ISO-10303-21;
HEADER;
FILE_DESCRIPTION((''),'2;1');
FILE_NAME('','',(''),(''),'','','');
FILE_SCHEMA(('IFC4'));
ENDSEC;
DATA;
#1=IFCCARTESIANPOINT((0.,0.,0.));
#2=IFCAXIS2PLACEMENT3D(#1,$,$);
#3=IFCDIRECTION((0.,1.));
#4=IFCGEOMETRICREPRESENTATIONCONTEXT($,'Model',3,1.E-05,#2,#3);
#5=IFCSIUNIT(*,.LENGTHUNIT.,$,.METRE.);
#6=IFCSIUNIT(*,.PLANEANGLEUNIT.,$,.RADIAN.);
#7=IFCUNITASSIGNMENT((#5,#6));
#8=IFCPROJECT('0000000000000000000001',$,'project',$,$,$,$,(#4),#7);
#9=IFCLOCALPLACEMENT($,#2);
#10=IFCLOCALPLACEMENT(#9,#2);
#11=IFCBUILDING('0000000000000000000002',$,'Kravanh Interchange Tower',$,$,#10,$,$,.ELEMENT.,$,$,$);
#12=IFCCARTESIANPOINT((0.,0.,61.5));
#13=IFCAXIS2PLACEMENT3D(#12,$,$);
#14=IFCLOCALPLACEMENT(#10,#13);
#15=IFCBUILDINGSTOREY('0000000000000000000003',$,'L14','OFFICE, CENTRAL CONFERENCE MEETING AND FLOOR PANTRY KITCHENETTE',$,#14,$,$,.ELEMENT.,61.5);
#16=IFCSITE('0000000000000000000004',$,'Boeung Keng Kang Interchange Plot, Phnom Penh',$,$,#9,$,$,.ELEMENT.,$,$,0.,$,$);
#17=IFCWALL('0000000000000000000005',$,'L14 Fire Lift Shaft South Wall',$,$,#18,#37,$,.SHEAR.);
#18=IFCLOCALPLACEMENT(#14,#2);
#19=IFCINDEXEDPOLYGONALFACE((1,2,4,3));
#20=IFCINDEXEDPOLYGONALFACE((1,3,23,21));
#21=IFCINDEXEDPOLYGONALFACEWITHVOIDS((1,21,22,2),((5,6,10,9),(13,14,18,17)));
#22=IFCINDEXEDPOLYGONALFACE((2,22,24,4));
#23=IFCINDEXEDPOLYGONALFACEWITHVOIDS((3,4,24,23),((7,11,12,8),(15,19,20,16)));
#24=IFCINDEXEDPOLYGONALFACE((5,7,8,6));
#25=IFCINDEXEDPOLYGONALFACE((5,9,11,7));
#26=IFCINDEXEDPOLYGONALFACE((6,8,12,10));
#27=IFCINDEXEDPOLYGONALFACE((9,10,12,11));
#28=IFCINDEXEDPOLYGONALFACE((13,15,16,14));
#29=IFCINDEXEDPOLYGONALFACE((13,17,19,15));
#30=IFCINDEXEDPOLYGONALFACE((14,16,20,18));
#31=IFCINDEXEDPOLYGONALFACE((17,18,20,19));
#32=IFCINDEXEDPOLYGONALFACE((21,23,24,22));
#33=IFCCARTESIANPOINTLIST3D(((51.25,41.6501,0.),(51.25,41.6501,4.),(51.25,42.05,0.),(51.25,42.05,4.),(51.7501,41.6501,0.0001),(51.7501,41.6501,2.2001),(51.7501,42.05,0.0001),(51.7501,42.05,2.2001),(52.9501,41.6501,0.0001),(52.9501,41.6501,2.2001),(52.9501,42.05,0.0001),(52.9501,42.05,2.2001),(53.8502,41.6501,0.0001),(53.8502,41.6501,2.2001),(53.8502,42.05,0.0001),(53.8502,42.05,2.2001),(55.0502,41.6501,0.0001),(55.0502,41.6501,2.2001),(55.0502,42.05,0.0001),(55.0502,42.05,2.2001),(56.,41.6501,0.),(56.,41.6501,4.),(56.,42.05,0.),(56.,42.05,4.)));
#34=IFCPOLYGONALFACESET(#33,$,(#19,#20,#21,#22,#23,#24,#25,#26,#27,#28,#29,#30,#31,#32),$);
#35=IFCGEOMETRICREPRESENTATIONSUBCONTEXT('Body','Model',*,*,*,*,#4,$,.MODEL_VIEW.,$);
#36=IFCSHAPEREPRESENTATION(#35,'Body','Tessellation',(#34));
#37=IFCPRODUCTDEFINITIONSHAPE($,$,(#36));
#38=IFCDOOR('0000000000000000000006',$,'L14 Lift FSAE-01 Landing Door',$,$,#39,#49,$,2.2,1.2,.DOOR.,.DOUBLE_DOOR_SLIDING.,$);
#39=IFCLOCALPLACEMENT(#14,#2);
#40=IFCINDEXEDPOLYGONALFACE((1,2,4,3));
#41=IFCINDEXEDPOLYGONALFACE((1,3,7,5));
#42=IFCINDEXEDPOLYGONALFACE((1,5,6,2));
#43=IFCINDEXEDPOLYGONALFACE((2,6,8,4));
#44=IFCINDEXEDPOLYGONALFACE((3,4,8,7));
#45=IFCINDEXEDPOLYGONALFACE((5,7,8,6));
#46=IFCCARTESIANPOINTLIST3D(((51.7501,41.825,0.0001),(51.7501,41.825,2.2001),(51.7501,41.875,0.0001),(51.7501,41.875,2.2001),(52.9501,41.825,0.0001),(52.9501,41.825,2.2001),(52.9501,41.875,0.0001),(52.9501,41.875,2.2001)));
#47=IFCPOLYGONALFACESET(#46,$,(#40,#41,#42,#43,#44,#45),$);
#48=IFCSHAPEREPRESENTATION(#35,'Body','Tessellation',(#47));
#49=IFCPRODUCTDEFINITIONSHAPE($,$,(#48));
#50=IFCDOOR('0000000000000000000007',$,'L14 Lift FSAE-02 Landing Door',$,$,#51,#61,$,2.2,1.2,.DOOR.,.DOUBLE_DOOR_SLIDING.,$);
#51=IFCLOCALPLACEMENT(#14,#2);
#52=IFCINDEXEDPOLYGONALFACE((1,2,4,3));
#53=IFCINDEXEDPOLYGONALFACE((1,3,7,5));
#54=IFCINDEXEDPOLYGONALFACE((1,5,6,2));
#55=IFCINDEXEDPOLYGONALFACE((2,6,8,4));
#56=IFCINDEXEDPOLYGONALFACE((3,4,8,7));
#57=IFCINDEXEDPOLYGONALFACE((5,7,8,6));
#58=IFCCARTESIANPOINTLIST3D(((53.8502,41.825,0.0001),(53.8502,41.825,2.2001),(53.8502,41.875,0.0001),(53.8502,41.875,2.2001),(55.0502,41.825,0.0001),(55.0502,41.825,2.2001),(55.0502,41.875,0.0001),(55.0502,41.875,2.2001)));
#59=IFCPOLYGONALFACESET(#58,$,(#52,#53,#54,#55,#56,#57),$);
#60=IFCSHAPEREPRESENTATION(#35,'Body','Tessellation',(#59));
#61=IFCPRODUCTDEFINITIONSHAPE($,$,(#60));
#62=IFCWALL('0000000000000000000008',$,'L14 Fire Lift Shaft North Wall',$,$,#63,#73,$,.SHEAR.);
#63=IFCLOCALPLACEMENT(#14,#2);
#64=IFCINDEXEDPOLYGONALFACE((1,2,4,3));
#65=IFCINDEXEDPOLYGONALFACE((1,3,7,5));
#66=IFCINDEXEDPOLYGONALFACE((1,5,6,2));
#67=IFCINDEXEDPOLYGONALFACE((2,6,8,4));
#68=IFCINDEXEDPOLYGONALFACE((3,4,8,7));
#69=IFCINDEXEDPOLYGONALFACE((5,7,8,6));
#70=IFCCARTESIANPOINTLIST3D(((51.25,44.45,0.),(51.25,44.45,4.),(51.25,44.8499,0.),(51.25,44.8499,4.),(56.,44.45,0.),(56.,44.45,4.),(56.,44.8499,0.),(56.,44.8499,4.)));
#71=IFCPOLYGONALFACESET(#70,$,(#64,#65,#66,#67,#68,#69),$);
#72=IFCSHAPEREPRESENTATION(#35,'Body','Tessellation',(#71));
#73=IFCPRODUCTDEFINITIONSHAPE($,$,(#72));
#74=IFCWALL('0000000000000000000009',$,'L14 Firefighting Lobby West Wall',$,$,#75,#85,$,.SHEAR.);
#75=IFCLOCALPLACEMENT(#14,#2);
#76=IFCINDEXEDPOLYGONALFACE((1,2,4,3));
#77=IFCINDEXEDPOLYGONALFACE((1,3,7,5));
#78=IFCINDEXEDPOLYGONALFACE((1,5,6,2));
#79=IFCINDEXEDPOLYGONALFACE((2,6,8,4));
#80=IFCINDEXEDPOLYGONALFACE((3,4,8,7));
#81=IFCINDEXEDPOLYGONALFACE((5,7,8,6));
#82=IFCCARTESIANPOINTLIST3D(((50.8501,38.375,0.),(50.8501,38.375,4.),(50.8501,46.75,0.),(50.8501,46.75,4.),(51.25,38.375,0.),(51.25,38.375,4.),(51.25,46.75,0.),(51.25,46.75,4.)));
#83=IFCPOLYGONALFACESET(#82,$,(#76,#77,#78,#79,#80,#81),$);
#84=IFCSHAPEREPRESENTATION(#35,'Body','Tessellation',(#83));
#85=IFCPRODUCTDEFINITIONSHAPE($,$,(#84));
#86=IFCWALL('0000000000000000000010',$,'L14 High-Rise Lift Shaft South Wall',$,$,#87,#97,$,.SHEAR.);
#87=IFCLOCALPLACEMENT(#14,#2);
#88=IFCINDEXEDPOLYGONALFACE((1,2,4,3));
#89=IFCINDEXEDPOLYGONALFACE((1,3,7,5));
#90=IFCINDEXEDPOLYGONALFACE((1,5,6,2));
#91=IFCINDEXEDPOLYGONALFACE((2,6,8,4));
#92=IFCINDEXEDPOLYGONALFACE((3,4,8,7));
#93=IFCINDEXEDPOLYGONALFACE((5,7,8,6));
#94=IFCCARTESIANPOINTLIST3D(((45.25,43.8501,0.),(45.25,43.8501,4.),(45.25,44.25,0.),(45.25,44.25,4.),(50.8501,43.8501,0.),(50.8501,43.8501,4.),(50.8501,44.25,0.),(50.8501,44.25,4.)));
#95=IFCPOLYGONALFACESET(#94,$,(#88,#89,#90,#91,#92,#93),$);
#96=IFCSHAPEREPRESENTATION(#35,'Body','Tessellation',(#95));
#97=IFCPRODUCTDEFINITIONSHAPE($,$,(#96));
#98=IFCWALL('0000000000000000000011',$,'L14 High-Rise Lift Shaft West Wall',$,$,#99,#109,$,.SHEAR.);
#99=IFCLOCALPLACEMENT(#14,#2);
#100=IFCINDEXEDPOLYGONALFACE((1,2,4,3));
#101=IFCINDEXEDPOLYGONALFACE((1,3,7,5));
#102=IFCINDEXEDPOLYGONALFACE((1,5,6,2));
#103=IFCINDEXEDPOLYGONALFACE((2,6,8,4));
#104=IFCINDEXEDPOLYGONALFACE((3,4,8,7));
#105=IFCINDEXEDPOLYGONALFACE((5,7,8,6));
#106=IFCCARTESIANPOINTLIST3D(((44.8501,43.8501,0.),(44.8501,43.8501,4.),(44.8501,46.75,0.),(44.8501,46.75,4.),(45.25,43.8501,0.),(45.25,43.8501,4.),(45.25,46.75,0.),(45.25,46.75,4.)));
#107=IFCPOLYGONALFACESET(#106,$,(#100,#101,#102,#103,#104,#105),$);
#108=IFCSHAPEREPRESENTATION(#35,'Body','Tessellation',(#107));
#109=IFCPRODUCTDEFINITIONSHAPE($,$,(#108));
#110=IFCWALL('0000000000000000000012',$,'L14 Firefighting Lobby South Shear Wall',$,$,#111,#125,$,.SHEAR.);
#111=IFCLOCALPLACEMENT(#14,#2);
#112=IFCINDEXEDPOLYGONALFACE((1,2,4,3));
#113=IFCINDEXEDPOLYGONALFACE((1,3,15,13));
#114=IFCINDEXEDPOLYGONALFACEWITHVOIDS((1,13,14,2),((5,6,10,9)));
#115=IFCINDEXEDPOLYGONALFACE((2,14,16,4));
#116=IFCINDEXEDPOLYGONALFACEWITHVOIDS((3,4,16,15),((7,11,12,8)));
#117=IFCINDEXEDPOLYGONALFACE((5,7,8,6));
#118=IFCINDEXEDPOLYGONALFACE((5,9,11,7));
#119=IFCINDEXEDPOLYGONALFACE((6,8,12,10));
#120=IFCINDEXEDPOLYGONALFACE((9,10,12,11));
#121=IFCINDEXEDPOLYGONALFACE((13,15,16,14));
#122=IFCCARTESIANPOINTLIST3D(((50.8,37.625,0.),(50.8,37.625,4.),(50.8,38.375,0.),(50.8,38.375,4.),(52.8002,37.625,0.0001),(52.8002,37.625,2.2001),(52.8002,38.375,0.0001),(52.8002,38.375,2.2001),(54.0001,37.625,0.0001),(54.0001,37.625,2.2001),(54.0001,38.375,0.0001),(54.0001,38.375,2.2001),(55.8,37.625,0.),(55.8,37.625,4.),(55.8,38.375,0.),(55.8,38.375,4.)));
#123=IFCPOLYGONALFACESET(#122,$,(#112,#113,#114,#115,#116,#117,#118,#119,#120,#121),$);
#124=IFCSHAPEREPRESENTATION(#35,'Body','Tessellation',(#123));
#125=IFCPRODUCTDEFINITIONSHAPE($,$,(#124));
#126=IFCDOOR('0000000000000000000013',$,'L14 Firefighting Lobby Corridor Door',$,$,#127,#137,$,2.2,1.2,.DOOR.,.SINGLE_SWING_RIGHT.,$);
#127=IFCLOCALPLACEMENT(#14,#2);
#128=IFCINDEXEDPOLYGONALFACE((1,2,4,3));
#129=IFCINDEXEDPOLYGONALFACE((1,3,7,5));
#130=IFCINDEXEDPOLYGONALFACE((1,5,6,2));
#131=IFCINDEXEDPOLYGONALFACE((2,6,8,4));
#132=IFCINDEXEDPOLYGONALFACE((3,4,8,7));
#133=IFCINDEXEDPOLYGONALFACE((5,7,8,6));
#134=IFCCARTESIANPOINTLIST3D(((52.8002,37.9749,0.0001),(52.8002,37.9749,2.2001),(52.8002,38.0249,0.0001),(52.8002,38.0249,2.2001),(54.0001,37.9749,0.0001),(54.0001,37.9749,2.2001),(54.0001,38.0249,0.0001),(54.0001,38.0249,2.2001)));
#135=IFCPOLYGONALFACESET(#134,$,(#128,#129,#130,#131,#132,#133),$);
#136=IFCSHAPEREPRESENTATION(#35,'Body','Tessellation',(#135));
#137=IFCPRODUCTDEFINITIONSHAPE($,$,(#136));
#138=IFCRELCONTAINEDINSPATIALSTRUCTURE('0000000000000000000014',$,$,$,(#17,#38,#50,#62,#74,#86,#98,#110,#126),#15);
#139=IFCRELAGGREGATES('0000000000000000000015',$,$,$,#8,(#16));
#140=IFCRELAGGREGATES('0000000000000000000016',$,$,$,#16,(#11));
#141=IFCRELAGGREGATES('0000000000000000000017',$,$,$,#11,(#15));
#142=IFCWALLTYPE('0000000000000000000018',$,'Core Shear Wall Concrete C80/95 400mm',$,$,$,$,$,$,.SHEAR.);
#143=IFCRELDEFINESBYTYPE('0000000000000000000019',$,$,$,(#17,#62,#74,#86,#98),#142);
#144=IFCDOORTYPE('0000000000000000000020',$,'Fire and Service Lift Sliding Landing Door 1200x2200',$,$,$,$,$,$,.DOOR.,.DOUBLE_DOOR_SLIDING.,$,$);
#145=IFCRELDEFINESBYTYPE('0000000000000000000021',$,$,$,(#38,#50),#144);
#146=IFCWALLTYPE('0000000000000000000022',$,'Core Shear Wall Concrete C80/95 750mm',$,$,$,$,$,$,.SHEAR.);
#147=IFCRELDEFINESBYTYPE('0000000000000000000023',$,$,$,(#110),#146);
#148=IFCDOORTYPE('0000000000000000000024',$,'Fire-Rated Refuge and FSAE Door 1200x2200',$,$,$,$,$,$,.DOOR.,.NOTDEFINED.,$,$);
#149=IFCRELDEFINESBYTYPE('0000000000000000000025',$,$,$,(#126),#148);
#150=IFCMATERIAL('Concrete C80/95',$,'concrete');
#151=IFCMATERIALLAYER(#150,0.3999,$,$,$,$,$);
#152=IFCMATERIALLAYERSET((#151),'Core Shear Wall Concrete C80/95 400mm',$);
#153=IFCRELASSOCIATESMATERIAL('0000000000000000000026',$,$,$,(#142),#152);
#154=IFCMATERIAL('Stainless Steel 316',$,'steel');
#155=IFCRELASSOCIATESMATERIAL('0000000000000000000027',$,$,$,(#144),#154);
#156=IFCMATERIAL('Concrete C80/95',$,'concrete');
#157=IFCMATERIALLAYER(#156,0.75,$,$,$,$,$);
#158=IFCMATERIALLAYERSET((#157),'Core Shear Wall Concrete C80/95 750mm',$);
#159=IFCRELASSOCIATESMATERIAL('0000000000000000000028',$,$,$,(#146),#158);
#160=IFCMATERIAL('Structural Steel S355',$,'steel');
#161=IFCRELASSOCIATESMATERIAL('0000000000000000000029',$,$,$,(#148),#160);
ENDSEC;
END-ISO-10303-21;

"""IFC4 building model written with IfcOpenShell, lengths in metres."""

from ifc_helpers import new_model, si_unit, direction, frame, frame_2d, origin, place, context, subcontext, project, spatial, rectangle, extrude, material, layer, layer_set, type_object, element, fill, save


model = new_model("IFC4")

# Units and contexts
model_context = context("Model", 3, precision=1e-05, world=origin(), true_north=direction((0.0, 1.0)))
body_context = subcontext(model_context, "Body", "Model", "MODEL_VIEW")
ifc_project = project(units=[si_unit("LENGTHUNIT", "METRE"), si_unit("PLANEANGLEUNIT", "RADIAN")], contexts=[model_context])

# Site, building, storey
site_placement = place(None, origin())
site = spatial("IfcSite", under=ifc_project, at=site_placement, Name="Boeung Keng Kang Interchange Plot, Phnom Penh", CompositionType="ELEMENT", RefElevation=0.0)
building_placement = place(site_placement, origin())
building = spatial("IfcBuilding", under=site, at=building_placement, Name="Kravanh Interchange Tower", CompositionType="ELEMENT")
storey_placement = place(building_placement, frame((0.0, 0.0, 61.5)))
storey = spatial("IfcBuildingStorey", under=building, at=storey_placement, Name="L14", Description="OFFICE, CENTRAL CONFERENCE MEETING AND FLOOR PANTRY KITCHENETTE", CompositionType="ELEMENT", Elevation=61.5)

# Wall, openings, doors
ifc_material_1 = material(Name="Concrete C80/95", Category="concrete")
ifc_layer_1 = layer(ifc_material_1, 0.3999)
ifc_layer_set_1 = layer_set([ifc_layer_1], Name="Core Shear Wall Concrete C80/95 400mm")
wall_type_1 = type_object("IfcWallType", Name="Core Shear Wall Concrete C80/95 400mm", PredefinedType="SHEAR", material=ifc_layer_set_1)
wall_1_placement = place(storey_placement, frame((51.25, 41.8501, 0.0), z_axis=(0.0, 0.0, 1.0), x_axis=(1.0, 0.0, 0.0)))
wall_1 = element("IfcWall", 1, at=wall_1_placement, inside=storey, type_object=wall_type_1, Name="L14 Fire Lift Shaft South Wall", PredefinedType="SHEAR", context=body_context, shape_type="SweptSolid", body=[
    extrude(rectangle(XDim=4.75, YDim=0.3999, at=frame_2d((2.375, 0.0))), origin(), (0.0, 0.0, 1.0), 4.0),
])
opening_1_placement = place(wall_1_placement, frame((0.5, 0.0, 0.0)))
opening_1 = element("IfcOpeningElement", 2, at=opening_1_placement, cuts=wall_1, PredefinedType="OPENING", context=body_context, shape_type="SweptSolid", body=[
    extrude(rectangle(XDim=1.2, YDim=2.2, at=frame_2d((0.6001, 1.1001))), frame((0.0, 0.21, 0.0), z_axis=(0.0, -1.0, 0.0), x_axis=(1.0, 0.0, 0.0)), (0.0, 0.0, 1.0), 0.4199),
])
opening_2_placement = place(wall_1_placement, frame((2.6001, 0.0, 0.0)))
opening_2 = element("IfcOpeningElement", 3, at=opening_2_placement, cuts=wall_1, PredefinedType="OPENING", context=body_context, shape_type="SweptSolid", body=[
    extrude(rectangle(XDim=1.2, YDim=2.2, at=frame_2d((0.6001, 1.1001))), frame((0.0, 0.21, 0.0), z_axis=(0.0, -1.0, 0.0), x_axis=(1.0, 0.0, 0.0)), (0.0, 0.0, 1.0), 0.4199),
])
ifc_material_2 = material(Name="Stainless Steel 316", Category="steel")
door_type_1 = type_object("IfcDoorType", Name="Fire and Service Lift Sliding Landing Door 1200x2200", OperationType="DOUBLE_DOOR_SLIDING", PredefinedType="DOOR", material=ifc_material_2)
door_1_placement = place(opening_1_placement, origin())
door_1 = element("IfcDoor", 4, at=door_1_placement, inside=storey, type_object=door_type_1, Name="L14 Lift FSAE-01 Landing Door", OperationType="DOUBLE_DOOR_SLIDING", OverallHeight=2.2, OverallWidth=1.2, PredefinedType="DOOR", context=body_context, shape_type="SweptSolid", body=[
    extrude(rectangle(XDim=1.2, YDim=2.2, at=frame_2d((0.6001, 1.1001))), frame((0.0, 0.0249, 0.0), z_axis=(0.0, -1.0, 0.0), x_axis=(1.0, 0.0, 0.0)), (0.0, 0.0, 1.0), 0.05),
])
fill(opening_1, door_1)
door_2_placement = place(opening_2_placement, origin())
door_2 = element("IfcDoor", 5, at=door_2_placement, inside=storey, type_object=door_type_1, Name="L14 Lift FSAE-02 Landing Door", OperationType="DOUBLE_DOOR_SLIDING", OverallHeight=2.2, OverallWidth=1.2, PredefinedType="DOOR", context=body_context, shape_type="SweptSolid", body=[
    extrude(rectangle(XDim=1.2, YDim=2.2, at=frame_2d((0.6001, 1.1001))), frame((0.0, 0.0249, 0.0), z_axis=(0.0, -1.0, 0.0), x_axis=(1.0, 0.0, 0.0)), (0.0, 0.0, 1.0), 0.05),
])
fill(opening_2, door_2)

# Walls
wall_2_placement = place(storey_placement, frame((51.25, 44.6499, 0.0), z_axis=(0.0, 0.0, 1.0), x_axis=(1.0, 0.0, 0.0)))
element("IfcWall", 6, at=wall_2_placement, inside=storey, type_object=wall_type_1, Name="L14 Fire Lift Shaft North Wall", PredefinedType="SHEAR", context=body_context, shape_type="SweptSolid", body=[
    extrude(rectangle(XDim=4.75, YDim=0.3999, at=frame_2d((2.375, 0.0))), origin(), (0.0, 0.0, 1.0), 4.0),
])
wall_3_placement = place(storey_placement, frame((51.05, 38.375, 0.0), z_axis=(0.0, 0.0, 1.0), x_axis=(0.0, 1.0, 0.0)))
element("IfcWall", 7, at=wall_3_placement, inside=storey, type_object=wall_type_1, Name="L14 Firefighting Lobby West Wall", PredefinedType="SHEAR", context=body_context, shape_type="SweptSolid", body=[
    extrude(rectangle(XDim=8.375, YDim=0.3999, at=frame_2d((4.1875, 0.0))), origin(), (0.0, 0.0, 1.0), 4.0),
])
wall_4_placement = place(storey_placement, frame((45.25, 44.05, 0.0), z_axis=(0.0, 0.0, 1.0), x_axis=(1.0, 0.0, 0.0)))
element("IfcWall", 8, at=wall_4_placement, inside=storey, type_object=wall_type_1, Name="L14 High-Rise Lift Shaft South Wall", PredefinedType="SHEAR", context=body_context, shape_type="SweptSolid", body=[
    extrude(rectangle(XDim=5.6001, YDim=0.3999, at=frame_2d((2.8, 0.0))), origin(), (0.0, 0.0, 1.0), 4.0),
])
wall_5_placement = place(storey_placement, frame((45.05, 43.8501, 0.0), z_axis=(0.0, 0.0, 1.0), x_axis=(0.0, 1.0, 0.0)))
element("IfcWall", 9, at=wall_5_placement, inside=storey, type_object=wall_type_1, Name="L14 High-Rise Lift Shaft West Wall", PredefinedType="SHEAR", context=body_context, shape_type="SweptSolid", body=[
    extrude(rectangle(XDim=2.8999, YDim=0.3999, at=frame_2d((1.45, 0.0))), origin(), (0.0, 0.0, 1.0), 4.0),
])

# Shared definitions
ifc_material_3 = material(Name="Concrete C80/95", Category="concrete")
ifc_layer_2 = layer(ifc_material_3, 0.75)
ifc_layer_set_2 = layer_set([ifc_layer_2], Name="Core Shear Wall Concrete C80/95 750mm")
wall_type_2 = type_object("IfcWallType", Name="Core Shear Wall Concrete C80/95 750mm", PredefinedType="SHEAR", material=ifc_layer_set_2)

# Wall, opening, door
wall_6_placement = place(storey_placement, frame((50.8, 38.0, 0.0), z_axis=(0.0, 0.0, 1.0), x_axis=(1.0, 0.0, 0.0)))
wall_6 = element("IfcWall", 10, at=wall_6_placement, inside=storey, type_object=wall_type_2, Name="L14 Firefighting Lobby South Shear Wall", PredefinedType="SHEAR", context=body_context, shape_type="SweptSolid", body=[
    extrude(rectangle(XDim=5.0, YDim=0.75, at=frame_2d((2.5, 0.0))), origin(), (0.0, 0.0, 1.0), 4.0),
])
opening_3_placement = place(wall_6_placement, frame((2.0, 0.0, 0.0)))
opening_3 = element("IfcOpeningElement", 11, at=opening_3_placement, cuts=wall_6, PredefinedType="OPENING", context=body_context, shape_type="SweptSolid", body=[
    extrude(rectangle(XDim=1.2, YDim=2.2, at=frame_2d((0.6001, 1.1001))), frame((0.0, 0.385, 0.0), z_axis=(0.0, -1.0, 0.0), x_axis=(1.0, 0.0, 0.0)), (0.0, 0.0, 1.0), 0.77),
])
ifc_material_4 = material(Name="Structural Steel S355", Category="steel")
door_type_2 = type_object("IfcDoorType", Name="Fire-Rated Refuge and FSAE Door 1200x2200", OperationType="NOTDEFINED", PredefinedType="DOOR", material=ifc_material_4)
door_3_placement = place(opening_3_placement, origin())
door_3 = element("IfcDoor", 12, at=door_3_placement, inside=storey, type_object=door_type_2, Name="L14 Firefighting Lobby Corridor Door", OperationType="SINGLE_SWING_RIGHT", OverallHeight=2.2, OverallWidth=1.2, PredefinedType="DOOR", context=body_context, shape_type="SweptSolid", body=[
    extrude(rectangle(XDim=1.2, YDim=2.2, at=frame_2d((0.6001, 1.1001))), frame((0.0, 0.0249, 0.0), z_axis=(0.0, -1.0, 0.0), x_axis=(1.0, 0.0, 0.0)), (0.0, 0.0, 1.0), 0.05),
])
fill(opening_3, door_3)

save(model, "model.ifc")
